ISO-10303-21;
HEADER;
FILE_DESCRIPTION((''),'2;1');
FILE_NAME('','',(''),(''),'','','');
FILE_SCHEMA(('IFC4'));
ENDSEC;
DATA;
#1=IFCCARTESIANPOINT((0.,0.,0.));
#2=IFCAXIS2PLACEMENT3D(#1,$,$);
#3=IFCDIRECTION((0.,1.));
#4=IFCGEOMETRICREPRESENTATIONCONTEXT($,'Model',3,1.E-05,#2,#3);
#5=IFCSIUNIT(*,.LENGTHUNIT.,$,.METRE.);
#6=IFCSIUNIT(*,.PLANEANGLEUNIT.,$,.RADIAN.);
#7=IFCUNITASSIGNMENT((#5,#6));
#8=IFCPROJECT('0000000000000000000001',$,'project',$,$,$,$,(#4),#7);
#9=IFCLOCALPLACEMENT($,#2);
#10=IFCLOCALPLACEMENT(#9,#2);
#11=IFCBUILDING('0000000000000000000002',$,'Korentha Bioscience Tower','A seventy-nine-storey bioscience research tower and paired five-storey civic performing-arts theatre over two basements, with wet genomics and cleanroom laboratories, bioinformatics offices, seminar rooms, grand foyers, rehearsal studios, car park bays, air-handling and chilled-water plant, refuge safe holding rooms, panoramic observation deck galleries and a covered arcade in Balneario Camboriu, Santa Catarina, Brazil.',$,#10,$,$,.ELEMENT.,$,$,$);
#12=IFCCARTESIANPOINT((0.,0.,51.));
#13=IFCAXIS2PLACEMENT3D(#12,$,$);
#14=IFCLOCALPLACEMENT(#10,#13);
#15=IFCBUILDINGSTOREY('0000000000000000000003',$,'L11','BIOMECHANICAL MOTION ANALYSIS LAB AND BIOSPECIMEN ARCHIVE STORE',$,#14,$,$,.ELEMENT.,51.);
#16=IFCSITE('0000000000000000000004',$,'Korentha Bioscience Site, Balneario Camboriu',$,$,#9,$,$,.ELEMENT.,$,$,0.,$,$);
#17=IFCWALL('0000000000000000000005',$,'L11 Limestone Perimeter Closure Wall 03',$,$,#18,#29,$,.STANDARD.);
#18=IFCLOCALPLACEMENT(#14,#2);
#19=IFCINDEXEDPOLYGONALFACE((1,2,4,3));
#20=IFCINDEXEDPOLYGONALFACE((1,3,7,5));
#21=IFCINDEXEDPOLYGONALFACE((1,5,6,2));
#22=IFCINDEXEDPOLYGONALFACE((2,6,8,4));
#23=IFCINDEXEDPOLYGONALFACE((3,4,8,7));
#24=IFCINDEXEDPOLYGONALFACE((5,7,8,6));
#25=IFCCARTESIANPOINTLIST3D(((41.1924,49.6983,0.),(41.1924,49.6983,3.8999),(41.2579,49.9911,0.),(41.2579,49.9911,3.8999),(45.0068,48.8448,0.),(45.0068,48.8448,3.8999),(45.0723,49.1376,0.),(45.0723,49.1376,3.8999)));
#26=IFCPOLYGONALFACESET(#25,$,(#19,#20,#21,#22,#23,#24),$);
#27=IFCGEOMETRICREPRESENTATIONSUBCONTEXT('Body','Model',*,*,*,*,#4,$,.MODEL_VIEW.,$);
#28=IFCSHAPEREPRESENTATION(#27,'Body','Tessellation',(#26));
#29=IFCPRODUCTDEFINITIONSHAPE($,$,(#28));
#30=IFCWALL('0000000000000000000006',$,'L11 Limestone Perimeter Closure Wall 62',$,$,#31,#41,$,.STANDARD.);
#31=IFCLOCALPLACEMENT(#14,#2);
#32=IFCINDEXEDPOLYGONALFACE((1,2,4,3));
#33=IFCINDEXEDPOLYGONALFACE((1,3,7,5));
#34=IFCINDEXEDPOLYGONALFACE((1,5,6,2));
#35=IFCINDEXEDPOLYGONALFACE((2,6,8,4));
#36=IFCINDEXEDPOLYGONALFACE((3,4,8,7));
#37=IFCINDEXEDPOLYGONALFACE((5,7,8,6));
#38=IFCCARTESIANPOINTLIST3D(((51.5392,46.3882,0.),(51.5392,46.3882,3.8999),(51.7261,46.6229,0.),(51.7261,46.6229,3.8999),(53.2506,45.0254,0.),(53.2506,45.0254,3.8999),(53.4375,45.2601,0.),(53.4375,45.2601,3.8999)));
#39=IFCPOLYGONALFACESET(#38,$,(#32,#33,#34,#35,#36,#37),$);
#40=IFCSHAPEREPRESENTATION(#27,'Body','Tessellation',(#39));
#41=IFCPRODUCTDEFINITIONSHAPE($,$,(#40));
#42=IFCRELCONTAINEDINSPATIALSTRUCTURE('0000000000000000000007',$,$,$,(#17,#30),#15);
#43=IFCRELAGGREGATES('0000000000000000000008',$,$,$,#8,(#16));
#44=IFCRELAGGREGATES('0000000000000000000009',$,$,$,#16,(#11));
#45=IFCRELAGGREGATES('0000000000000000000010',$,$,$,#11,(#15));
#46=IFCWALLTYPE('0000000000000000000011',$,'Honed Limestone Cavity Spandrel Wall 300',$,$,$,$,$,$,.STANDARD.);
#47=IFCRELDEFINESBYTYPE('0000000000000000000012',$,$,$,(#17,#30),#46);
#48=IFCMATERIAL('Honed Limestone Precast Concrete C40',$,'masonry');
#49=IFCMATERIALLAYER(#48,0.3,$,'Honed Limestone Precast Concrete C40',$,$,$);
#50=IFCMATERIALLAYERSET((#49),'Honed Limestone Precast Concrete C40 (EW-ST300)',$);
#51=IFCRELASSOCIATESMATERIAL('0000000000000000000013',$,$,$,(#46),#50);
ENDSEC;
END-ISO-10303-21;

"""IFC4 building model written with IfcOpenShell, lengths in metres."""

from ifc_helpers import new_model, si_unit, direction, frame, frame_2d, origin, place, context, subcontext, project, spatial, rectangle, extrude, material, layer, layer_set, type_object, element, save


model = new_model("IFC4")

# Units and contexts
model_context = context("Model", 3, precision=1e-05, world=origin(), true_north=direction((0.0, 1.0)))
body_context = subcontext(model_context, "Body", "Model", "MODEL_VIEW")
ifc_project = project(units=[si_unit("LENGTHUNIT", "METRE"), si_unit("PLANEANGLEUNIT", "RADIAN")], contexts=[model_context])

# Site, building, storey
site_placement = place(None, origin())
site = spatial("IfcSite", under=ifc_project, at=site_placement, Name="Korentha Bioscience Site, Balneario Camboriu", CompositionType="ELEMENT", RefElevation=0.0)
building_placement = place(site_placement, origin())
building = spatial("IfcBuilding", under=site, at=building_placement, Name="Korentha Bioscience Tower", Description="A seventy-nine-storey bioscience research tower and paired five-storey civic performing-arts theatre over two basements, with wet genomics and cleanroom laboratories, bioinformatics offices, seminar rooms, grand foyers, rehearsal studios, car park bays, air-handling and chilled-water plant, refuge safe holding rooms, panoramic observation deck galleries and a covered arcade in Balneario Camboriu, Santa Catarina, Brazil.", CompositionType="ELEMENT")
storey_placement = place(building_placement, frame((0.0, 0.0, 51.0)))
storey = spatial("IfcBuildingStorey", under=building, at=storey_placement, Name="L11", Description="BIOMECHANICAL MOTION ANALYSIS LAB AND BIOSPECIMEN ARCHIVE STORE", CompositionType="ELEMENT", Elevation=51.0)

# Walls
ifc_material_1 = material(Name="Honed Limestone Precast Concrete C40", Category="masonry")
ifc_layer_1 = layer(ifc_material_1, 0.3, Name="Honed Limestone Precast Concrete C40")
ifc_layer_set_1 = layer_set([ifc_layer_1], Name="Honed Limestone Precast Concrete C40 (EW-ST300)")
wall_type_1 = type_object("IfcWallType", Name="Honed Limestone Cavity Spandrel Wall 300", PredefinedType="STANDARD", material=ifc_layer_set_1)
wall_1_placement = place(storey_placement, frame((45.0396, 48.9912, 0.0), z_axis=(0.0, 0.0, 1.0), x_axis=(-0.975869, 0.218359, 0.0)))
element("IfcWall", 1, at=wall_1_placement, inside=storey, type_object=wall_type_1, Name="L11 Limestone Perimeter Closure Wall 03", PredefinedType="STANDARD", context=body_context, shape_type="SweptSolid", body=[
    extrude(rectangle(XDim=3.9087, YDim=0.3, at=frame_2d((1.9543, 0.0))), origin(), (0.0, 0.0, 1.0), 3.8999),
])
wall_2_placement = place(storey_placement, frame((53.344, 45.1428, 0.0), z_axis=(0.0, 0.0, 1.0), x_axis=(-0.782282, 0.622924, 0.0)))
element("IfcWall", 2, at=wall_2_placement, inside=storey, type_object=wall_type_1, Name="L11 Limestone Perimeter Closure Wall 62", PredefinedType="STANDARD", context=body_context, shape_type="SweptSolid", body=[
    extrude(rectangle(XDim=2.1877, YDim=0.3, at=frame_2d((1.0938, 0.0))), origin(), (0.0, 0.0, 1.0), 3.8999),
])

save(model, "model.ifc")
